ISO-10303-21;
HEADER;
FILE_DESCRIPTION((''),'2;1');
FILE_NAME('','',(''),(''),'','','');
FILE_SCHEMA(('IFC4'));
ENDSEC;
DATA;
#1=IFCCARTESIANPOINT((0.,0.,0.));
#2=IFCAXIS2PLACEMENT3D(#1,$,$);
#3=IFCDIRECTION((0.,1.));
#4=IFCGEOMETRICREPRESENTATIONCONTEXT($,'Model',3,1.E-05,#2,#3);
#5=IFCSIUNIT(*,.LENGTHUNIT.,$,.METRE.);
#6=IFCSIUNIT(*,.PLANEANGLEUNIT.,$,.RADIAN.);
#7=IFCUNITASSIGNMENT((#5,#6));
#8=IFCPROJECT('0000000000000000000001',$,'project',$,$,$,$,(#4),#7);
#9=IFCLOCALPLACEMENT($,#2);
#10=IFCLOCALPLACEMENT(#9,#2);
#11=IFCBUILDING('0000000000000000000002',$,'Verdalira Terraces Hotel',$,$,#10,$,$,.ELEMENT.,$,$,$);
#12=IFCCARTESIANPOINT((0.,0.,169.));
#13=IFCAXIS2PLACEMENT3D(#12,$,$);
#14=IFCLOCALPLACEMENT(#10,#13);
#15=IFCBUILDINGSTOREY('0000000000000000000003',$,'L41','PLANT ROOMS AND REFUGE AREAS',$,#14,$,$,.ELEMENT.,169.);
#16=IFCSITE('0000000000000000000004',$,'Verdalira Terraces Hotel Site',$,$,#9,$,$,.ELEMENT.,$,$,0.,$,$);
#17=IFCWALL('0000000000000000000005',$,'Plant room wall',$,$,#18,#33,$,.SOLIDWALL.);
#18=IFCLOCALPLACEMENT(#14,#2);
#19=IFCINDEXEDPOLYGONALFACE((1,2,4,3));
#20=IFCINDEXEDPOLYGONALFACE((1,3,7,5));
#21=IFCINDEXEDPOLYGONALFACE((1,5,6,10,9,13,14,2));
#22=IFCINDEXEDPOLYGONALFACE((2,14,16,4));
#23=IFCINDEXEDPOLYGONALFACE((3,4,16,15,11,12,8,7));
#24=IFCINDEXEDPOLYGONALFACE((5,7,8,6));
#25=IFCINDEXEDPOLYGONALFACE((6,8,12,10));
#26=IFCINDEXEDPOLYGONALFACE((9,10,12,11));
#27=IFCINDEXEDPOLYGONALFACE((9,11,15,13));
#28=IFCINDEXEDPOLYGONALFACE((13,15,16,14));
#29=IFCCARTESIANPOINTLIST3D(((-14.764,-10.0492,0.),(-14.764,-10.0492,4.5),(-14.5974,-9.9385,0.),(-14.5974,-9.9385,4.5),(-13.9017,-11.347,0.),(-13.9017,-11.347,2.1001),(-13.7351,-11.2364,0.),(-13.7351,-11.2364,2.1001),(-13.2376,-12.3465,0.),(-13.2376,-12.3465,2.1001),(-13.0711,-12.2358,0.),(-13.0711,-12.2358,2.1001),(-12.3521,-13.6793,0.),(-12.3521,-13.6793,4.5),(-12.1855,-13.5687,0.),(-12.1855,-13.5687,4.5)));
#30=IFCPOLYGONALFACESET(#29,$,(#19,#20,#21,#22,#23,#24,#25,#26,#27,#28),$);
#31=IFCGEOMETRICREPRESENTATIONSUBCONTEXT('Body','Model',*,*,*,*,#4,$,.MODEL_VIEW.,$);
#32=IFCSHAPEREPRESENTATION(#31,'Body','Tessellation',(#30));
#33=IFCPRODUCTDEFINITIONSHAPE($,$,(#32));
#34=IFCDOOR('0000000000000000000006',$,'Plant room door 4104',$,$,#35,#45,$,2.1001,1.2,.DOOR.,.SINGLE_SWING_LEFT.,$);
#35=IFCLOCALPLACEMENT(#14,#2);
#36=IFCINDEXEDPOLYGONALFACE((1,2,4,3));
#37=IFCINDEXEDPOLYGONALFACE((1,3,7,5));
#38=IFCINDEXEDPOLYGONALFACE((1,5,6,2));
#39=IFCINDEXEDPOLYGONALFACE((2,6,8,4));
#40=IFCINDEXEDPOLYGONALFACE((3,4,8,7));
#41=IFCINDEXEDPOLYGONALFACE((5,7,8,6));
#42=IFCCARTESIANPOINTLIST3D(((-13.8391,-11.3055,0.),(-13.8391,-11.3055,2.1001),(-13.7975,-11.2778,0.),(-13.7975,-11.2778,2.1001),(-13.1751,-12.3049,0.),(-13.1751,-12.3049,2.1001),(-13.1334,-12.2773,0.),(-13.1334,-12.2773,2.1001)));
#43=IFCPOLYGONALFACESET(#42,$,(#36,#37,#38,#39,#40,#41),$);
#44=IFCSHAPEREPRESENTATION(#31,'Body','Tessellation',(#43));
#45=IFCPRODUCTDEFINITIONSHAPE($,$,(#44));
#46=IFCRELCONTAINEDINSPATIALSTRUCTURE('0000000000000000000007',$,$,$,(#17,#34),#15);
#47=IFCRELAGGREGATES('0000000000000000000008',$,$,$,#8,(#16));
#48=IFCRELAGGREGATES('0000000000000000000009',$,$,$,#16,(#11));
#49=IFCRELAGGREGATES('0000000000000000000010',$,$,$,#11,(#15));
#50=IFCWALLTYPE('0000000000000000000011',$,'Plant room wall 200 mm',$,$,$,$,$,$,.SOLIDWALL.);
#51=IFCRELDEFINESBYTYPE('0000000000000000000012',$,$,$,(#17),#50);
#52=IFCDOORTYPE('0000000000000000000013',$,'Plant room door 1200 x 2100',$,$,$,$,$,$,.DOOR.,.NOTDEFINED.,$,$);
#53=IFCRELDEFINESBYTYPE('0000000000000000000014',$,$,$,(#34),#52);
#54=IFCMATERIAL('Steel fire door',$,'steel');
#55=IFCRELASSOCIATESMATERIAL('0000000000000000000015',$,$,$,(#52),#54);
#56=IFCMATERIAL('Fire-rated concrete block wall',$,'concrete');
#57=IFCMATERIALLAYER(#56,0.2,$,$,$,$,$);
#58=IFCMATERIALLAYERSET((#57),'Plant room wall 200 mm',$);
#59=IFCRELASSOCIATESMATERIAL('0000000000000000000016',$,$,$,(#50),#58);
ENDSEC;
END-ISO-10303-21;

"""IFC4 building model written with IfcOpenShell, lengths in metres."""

from ifc_helpers import new_model, si_unit, direction, frame, frame_2d, origin, place, context, subcontext, project, spatial, rectangle, extrude, material, layer, layer_set, type_object, element, fill, save


model = new_model("IFC4")

# Units and contexts
model_context = context("Model", 3, precision=1e-05, world=origin(), true_north=direction((0.0, 1.0)))
body_context = subcontext(model_context, "Body", "Model", "MODEL_VIEW")
ifc_project = project(units=[si_unit("LENGTHUNIT", "METRE"), si_unit("PLANEANGLEUNIT", "RADIAN")], contexts=[model_context])

# Site, building, storey
site_placement = place(None, origin())
site = spatial("IfcSite", under=ifc_project, at=site_placement, Name="Verdalira Terraces Hotel Site", CompositionType="ELEMENT", RefElevation=0.0)
building_placement = place(site_placement, origin())
building = spatial("IfcBuilding", under=site, at=building_placement, Name="Verdalira Terraces Hotel", CompositionType="ELEMENT")
storey_placement = place(building_placement, frame((0.0, 0.0, 169.0)))
storey = spatial("IfcBuildingStorey", under=building, at=storey_placement, Name="L41", Description="PLANT ROOMS AND REFUGE AREAS", CompositionType="ELEMENT", Elevation=169.0)

# Shared definitions
ifc_material_1 = material(Name="Steel fire door", Category="steel")
door_type_1 = type_object("IfcDoorType", Name="Plant room door 1200 x 2100", OperationType="NOTDEFINED", PredefinedType="DOOR", material=ifc_material_1)

# Shared definitions
ifc_material_2 = material(Name="Fire-rated concrete block wall", Category="concrete")
ifc_layer_1 = layer(ifc_material_2, 0.2)
ifc_layer_set_1 = layer_set([ifc_layer_1], Name="Plant room wall 200 mm")
wall_type_1 = type_object("IfcWallType", Name="Plant room wall 200 mm", PredefinedType="SOLIDWALL", material=ifc_layer_set_1)

# Wall, opening, door
wall_1_placement = place(storey_placement, frame((-12.2688, -13.624, 0.0), z_axis=(0.0, 0.0, 1.0), x_axis=(-0.553394, 0.83292, 0.0)))
wall_1 = element("IfcWall", 1, at=wall_1_placement, inside=storey, type_object=wall_type_1, Name="Plant room wall", PredefinedType="SOLIDWALL", context=body_context, shape_type="SweptSolid", body=[
    extrude(rectangle(XDim=4.3584, YDim=0.2, at=frame_2d((2.1792, 0.0))), origin(), (0.0, 0.0, 1.0), 4.5),
])
opening_1_placement = place(wall_1_placement, frame((1.6001, 0.0, 0.0)))
opening_1 = element("IfcOpeningElement", 2, at=opening_1_placement, cuts=wall_1, PredefinedType="OPENING", context=body_context, shape_type="SweptSolid", body=[
    extrude(rectangle(XDim=1.2, YDim=2.1001, at=frame_2d((0.6001, 1.05))), frame((0.0, 0.1099, 0.0), z_axis=(0.0, -1.0, 0.0), x_axis=(1.0, 0.0, 0.0)), (0.0, 0.0, 1.0), 0.22),
])
door_1_placement = place(opening_1_placement, origin())
door_1 = element("IfcDoor", 3, at=door_1_placement, inside=storey, type_object=door_type_1, Name="Plant room door 4104", OperationType="SINGLE_SWING_LEFT", OverallHeight=2.1001, OverallWidth=1.2, PredefinedType="DOOR", context=body_context, shape_type="SweptSolid", body=[
    extrude(rectangle(XDim=1.2, YDim=2.1001, at=frame_2d((0.6001, 1.05))), frame((0.0, 0.0249, 0.0), z_axis=(0.0, -1.0, 0.0), x_axis=(1.0, 0.0, 0.0)), (0.0, 0.0, 1.0), 0.05),
])
fill(opening_1, door_1)

save(model, "model.ifc")
